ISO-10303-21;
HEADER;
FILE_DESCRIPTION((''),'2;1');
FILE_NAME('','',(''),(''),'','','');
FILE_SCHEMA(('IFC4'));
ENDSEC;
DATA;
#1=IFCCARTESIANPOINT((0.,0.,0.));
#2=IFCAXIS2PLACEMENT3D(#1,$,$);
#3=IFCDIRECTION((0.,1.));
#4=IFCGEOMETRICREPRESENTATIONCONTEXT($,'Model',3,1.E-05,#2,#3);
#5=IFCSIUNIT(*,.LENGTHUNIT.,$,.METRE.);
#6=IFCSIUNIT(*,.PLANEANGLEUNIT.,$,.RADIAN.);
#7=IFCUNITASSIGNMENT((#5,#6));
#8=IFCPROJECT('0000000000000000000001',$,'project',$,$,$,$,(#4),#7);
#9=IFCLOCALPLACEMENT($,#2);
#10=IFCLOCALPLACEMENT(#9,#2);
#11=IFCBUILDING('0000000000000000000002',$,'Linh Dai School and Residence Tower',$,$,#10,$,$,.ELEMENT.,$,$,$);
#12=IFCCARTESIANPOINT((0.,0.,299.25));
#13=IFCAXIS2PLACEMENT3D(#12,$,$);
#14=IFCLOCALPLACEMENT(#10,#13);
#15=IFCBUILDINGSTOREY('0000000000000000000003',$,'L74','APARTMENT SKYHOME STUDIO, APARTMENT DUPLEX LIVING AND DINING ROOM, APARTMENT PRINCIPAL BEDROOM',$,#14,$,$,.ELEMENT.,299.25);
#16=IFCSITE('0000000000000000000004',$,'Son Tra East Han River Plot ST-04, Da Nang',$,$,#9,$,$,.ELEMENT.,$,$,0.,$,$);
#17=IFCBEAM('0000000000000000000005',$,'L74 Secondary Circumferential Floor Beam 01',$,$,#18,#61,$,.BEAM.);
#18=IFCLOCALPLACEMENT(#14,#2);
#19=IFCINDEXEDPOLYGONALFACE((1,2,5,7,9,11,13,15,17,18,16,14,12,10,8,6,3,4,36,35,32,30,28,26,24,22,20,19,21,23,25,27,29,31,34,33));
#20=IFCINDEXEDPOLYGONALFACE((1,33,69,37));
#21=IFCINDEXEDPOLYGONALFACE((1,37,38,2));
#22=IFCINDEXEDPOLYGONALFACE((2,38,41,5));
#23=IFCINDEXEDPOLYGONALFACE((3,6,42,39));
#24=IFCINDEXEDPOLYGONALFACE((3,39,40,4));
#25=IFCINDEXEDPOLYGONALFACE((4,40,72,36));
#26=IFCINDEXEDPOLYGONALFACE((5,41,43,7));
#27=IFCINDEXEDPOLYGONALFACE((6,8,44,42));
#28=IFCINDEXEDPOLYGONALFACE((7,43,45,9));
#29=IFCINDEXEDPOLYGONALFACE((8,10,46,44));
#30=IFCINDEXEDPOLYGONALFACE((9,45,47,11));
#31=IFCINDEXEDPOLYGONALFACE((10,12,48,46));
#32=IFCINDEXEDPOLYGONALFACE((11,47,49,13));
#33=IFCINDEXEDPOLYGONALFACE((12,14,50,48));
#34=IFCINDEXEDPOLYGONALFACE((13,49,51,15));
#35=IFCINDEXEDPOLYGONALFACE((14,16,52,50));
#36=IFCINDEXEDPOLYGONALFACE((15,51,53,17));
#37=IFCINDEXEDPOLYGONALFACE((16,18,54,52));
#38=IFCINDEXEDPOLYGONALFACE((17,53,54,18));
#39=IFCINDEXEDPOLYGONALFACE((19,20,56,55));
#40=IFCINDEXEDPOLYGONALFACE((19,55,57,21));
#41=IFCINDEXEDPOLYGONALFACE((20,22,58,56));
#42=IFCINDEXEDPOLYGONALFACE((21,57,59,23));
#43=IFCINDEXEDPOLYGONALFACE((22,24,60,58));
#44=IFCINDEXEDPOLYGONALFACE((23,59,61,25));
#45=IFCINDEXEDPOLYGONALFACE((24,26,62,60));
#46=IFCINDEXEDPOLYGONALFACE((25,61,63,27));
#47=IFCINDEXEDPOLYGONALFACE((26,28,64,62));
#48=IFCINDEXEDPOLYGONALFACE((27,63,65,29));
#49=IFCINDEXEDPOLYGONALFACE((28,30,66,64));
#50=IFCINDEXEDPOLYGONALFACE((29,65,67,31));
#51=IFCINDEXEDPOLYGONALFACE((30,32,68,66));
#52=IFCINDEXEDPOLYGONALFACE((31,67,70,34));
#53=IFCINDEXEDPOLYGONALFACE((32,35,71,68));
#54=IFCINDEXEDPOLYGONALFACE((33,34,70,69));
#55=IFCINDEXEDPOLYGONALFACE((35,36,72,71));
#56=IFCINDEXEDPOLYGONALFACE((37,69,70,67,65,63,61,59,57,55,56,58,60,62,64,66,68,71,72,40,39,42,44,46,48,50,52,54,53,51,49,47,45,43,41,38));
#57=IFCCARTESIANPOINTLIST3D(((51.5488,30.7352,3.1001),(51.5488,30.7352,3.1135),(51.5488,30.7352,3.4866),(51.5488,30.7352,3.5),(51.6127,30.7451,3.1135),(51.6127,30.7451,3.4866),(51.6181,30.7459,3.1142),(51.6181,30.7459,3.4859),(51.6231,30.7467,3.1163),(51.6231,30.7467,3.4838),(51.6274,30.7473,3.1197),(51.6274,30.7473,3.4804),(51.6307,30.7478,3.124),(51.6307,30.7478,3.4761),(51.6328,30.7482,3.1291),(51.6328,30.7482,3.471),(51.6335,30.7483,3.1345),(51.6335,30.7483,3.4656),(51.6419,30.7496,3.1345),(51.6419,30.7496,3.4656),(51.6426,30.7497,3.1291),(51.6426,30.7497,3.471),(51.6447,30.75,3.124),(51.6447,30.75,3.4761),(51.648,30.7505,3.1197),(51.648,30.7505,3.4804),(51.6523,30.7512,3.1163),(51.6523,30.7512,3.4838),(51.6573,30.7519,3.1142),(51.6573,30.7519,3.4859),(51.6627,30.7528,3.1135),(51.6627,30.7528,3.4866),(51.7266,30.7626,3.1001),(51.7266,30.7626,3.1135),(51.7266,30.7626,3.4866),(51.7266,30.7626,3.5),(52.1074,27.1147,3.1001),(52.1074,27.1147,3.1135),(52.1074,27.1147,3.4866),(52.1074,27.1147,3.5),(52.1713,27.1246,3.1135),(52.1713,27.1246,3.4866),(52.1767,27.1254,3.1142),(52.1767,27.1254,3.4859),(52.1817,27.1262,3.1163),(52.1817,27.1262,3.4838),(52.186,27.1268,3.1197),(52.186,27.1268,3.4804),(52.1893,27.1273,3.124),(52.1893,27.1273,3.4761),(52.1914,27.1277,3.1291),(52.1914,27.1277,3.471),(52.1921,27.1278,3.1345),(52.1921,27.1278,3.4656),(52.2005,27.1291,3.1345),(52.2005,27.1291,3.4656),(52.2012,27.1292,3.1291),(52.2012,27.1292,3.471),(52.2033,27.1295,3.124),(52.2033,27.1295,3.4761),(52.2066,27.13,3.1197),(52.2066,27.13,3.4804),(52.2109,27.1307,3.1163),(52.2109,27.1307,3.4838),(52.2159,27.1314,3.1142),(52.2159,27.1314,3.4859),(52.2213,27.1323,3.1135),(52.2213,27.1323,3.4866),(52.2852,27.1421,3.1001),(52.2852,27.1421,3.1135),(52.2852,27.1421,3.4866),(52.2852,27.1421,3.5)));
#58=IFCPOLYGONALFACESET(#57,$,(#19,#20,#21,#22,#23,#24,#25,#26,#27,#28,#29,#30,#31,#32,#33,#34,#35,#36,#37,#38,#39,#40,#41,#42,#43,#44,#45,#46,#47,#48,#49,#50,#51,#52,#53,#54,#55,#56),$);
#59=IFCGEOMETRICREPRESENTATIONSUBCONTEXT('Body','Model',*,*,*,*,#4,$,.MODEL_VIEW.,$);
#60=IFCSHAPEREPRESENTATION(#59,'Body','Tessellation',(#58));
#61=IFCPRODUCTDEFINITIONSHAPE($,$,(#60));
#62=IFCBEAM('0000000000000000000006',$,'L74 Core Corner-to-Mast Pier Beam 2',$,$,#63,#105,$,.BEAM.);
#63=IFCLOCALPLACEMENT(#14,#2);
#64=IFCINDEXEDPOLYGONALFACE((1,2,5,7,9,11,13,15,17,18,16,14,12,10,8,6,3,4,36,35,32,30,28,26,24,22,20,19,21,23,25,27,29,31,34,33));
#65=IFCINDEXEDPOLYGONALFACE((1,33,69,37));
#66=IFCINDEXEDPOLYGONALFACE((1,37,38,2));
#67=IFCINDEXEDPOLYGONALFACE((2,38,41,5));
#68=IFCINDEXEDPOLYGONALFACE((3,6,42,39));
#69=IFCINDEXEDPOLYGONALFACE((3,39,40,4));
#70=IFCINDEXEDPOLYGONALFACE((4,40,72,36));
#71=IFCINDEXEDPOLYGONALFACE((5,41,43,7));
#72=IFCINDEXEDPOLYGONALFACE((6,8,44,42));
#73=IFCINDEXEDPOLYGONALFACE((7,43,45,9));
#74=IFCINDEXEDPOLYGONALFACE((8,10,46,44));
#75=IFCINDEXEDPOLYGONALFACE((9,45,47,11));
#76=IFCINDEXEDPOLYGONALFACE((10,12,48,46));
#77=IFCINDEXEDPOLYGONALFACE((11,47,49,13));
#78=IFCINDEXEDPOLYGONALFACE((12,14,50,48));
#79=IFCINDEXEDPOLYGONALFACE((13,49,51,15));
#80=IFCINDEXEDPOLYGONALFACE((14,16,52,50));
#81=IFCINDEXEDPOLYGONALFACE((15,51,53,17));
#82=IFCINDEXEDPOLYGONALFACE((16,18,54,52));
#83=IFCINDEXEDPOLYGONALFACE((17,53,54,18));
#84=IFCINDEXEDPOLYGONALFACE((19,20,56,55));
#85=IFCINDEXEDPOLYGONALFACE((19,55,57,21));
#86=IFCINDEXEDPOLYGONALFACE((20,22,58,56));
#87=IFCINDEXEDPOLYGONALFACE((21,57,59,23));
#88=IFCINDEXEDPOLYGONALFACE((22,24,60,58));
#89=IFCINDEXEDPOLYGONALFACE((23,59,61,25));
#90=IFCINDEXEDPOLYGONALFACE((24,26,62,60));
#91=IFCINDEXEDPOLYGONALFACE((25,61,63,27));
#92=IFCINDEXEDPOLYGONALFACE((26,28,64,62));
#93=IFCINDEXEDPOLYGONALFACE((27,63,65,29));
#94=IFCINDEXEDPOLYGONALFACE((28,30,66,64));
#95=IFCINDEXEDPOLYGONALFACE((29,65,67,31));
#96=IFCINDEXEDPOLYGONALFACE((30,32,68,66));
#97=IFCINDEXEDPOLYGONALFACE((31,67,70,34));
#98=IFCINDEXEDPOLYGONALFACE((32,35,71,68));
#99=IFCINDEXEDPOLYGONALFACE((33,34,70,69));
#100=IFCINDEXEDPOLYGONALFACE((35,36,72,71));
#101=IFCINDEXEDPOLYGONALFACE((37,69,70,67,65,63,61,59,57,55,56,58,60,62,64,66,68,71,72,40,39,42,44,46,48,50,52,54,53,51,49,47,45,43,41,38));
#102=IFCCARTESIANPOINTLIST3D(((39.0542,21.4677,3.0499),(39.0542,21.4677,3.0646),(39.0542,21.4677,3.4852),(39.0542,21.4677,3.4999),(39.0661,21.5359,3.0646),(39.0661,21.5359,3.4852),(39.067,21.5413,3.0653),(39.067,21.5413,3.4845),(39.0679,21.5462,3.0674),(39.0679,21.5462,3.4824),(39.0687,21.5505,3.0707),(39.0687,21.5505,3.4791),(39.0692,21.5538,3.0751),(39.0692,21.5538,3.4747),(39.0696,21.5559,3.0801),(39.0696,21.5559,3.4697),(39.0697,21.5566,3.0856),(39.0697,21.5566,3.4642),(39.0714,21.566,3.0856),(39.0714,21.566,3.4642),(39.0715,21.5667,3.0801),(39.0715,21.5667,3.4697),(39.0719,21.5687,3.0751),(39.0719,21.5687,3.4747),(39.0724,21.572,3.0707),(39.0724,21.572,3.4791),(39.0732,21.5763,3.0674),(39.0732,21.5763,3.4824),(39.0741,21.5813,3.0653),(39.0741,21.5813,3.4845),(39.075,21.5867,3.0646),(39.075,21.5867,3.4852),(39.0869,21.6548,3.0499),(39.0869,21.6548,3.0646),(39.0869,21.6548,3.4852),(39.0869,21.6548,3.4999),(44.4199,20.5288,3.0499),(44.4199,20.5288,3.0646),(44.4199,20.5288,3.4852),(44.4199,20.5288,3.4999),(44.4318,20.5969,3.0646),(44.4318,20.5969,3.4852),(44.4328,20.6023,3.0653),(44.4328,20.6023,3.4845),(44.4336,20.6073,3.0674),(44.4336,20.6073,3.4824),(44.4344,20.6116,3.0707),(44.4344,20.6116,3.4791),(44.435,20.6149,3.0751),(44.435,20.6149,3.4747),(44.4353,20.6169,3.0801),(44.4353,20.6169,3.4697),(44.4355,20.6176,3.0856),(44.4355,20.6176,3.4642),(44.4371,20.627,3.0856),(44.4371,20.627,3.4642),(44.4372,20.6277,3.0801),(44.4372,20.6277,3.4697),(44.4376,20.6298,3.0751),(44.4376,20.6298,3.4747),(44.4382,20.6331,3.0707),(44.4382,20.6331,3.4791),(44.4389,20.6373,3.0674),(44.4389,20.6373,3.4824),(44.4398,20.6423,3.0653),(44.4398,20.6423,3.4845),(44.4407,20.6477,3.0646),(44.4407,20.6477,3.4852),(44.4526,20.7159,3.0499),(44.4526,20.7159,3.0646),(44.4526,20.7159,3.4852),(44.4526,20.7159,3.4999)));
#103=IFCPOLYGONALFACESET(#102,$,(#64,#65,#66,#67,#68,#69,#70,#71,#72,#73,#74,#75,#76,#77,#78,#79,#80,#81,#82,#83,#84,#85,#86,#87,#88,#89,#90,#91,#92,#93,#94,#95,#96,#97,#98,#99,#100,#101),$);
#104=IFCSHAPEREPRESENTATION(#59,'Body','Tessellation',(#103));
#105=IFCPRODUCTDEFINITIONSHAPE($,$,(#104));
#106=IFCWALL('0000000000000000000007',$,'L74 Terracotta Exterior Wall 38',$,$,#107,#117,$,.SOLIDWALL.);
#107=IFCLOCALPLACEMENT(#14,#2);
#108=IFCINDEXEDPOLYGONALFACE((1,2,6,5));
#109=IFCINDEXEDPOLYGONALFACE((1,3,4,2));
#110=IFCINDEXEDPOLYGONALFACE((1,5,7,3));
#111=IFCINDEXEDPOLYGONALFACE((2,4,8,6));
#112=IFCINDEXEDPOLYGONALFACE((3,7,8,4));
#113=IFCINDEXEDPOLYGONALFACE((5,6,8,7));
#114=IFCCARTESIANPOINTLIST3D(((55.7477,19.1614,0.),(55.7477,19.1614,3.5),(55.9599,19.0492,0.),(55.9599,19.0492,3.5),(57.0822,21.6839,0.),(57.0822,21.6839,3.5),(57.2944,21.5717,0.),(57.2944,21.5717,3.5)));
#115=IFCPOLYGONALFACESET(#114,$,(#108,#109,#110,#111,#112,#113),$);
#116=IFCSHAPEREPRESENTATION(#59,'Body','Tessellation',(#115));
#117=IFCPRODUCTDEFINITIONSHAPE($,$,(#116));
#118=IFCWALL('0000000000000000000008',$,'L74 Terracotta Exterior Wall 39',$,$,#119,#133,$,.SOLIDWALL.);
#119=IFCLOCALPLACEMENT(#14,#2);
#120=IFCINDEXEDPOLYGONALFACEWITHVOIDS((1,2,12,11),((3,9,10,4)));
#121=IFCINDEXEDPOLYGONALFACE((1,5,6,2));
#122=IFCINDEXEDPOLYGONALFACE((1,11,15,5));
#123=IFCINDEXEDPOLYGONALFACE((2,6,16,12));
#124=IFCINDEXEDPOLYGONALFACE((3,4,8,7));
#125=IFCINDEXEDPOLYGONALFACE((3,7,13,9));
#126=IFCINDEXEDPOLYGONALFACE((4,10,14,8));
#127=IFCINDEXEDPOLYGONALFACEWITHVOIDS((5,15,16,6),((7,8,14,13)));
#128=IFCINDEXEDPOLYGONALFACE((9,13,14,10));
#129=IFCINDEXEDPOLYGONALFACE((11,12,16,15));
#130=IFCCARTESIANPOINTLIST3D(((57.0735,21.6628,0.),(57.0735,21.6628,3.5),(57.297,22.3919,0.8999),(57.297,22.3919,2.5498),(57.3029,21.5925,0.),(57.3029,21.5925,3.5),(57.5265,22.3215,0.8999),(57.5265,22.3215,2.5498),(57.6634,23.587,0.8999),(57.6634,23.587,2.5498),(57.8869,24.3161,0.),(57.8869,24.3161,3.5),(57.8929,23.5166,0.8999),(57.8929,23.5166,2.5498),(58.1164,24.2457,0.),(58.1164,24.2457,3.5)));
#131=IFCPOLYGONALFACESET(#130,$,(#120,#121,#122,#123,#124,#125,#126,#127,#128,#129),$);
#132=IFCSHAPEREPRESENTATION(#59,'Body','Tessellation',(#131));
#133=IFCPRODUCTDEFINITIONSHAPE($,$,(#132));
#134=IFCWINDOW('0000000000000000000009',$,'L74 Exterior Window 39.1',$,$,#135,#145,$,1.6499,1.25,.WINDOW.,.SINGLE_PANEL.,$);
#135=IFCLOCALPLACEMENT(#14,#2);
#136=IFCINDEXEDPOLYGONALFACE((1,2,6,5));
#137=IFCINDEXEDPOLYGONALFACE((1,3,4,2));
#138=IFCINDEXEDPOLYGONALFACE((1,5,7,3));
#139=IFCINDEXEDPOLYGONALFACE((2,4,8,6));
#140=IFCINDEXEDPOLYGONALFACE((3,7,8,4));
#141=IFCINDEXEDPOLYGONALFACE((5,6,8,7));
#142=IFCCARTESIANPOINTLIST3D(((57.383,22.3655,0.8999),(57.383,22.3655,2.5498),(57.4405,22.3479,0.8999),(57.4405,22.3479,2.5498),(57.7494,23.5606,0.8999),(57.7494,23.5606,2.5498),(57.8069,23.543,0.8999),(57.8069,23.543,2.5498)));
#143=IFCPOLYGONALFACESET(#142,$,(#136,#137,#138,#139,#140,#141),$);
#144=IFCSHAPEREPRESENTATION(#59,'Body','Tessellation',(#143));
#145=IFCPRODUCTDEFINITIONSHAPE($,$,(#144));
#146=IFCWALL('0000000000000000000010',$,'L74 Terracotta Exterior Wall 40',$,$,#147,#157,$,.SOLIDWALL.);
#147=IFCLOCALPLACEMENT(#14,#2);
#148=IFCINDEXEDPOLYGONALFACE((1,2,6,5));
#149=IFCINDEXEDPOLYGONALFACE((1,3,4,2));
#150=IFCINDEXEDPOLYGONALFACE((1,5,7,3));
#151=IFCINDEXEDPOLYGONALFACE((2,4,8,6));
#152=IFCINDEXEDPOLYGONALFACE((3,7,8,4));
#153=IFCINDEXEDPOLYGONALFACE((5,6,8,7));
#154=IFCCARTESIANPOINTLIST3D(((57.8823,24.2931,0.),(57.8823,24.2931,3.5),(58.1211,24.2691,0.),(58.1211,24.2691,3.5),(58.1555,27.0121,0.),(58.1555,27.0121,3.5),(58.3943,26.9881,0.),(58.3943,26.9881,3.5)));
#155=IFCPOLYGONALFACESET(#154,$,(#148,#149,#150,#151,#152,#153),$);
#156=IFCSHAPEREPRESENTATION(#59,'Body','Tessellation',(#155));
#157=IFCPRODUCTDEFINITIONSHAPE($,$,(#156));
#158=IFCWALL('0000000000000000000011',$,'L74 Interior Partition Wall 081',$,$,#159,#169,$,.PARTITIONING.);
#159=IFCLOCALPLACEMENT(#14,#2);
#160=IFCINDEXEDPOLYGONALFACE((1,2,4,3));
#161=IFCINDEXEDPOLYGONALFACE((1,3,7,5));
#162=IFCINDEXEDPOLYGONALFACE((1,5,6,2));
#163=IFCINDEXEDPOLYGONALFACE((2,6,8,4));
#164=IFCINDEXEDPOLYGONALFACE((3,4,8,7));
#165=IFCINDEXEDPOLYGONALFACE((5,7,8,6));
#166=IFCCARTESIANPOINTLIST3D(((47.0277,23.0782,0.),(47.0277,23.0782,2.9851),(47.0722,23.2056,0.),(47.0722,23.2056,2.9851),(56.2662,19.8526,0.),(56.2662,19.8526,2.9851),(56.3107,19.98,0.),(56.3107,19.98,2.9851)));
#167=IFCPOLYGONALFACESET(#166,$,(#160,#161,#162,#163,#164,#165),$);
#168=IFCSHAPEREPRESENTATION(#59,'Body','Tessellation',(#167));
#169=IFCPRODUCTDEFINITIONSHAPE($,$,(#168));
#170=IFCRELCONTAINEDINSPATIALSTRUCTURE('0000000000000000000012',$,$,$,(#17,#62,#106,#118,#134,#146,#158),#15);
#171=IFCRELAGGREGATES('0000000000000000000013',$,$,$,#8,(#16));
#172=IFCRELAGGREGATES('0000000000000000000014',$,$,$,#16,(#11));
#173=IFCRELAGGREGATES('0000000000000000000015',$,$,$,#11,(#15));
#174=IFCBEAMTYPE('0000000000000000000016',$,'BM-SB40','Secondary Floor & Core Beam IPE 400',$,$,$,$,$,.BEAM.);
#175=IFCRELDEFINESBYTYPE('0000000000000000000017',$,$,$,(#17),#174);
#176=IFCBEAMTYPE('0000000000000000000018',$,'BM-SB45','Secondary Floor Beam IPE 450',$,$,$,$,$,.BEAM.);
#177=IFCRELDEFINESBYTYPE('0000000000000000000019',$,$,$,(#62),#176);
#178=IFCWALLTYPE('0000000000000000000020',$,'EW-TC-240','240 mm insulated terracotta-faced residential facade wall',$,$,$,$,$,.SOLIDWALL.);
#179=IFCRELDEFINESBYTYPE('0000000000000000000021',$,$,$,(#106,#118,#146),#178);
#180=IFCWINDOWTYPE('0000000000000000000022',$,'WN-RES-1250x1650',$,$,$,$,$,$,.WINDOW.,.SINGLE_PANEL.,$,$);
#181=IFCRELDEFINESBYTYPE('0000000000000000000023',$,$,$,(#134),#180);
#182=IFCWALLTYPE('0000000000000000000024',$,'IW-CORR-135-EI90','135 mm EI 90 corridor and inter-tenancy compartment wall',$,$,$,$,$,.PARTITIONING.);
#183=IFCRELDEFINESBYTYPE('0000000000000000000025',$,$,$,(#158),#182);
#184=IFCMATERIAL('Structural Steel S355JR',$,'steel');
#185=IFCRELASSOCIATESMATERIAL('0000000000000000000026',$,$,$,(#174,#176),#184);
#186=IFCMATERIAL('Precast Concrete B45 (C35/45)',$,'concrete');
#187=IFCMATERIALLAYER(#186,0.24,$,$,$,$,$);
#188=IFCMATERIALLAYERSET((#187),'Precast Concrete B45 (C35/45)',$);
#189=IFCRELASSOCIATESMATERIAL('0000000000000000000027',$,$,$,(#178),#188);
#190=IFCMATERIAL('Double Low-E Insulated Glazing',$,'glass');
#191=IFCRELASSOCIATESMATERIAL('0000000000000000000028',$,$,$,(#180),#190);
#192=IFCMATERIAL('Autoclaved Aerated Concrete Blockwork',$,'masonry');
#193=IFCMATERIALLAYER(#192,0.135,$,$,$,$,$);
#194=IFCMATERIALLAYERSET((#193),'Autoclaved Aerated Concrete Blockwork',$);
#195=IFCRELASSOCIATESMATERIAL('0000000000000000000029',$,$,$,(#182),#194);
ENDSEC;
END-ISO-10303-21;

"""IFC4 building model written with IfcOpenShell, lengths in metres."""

from ifc_helpers import new_model, si_unit, direction, frame, frame_2d, origin, origin_2d, place, context, subcontext, project, spatial, rectangle, i_section, extrude, source, transform, mapped, material, layer, layer_set, material_profile, profile_set, type_object, element, fill, save


model = new_model("IFC4")

# Units and contexts
model_context = context("Model", 3, precision=1e-05, world=origin(), true_north=direction((0.0, 1.0)))
body_context = subcontext(model_context, "Body", "Model", "MODEL_VIEW")
ifc_project = project(units=[si_unit("LENGTHUNIT", "METRE"), si_unit("PLANEANGLEUNIT", "RADIAN")], contexts=[model_context])

# Site, building, storey
site_placement = place(None, origin())
site = spatial("IfcSite", under=ifc_project, at=site_placement, Name="Son Tra East Han River Plot ST-04, Da Nang", CompositionType="ELEMENT", RefElevation=0.0)
building_placement = place(site_placement, origin())
building = spatial("IfcBuilding", under=site, at=building_placement, Name="Linh Dai School and Residence Tower", CompositionType="ELEMENT")
storey_placement = place(building_placement, frame((0.0, 0.0, 299.25)))
storey = spatial("IfcBuildingStorey", under=building, at=storey_placement, Name="L74", Description="APARTMENT SKYHOME STUDIO, APARTMENT DUPLEX LIVING AND DINING ROOM, APARTMENT PRINCIPAL BEDROOM", CompositionType="ELEMENT", Elevation=299.25)

# Shared definitions
ifc_material_1 = material(Name="Structural Steel S355JR", Category="steel")

# Beams
ifc_material_profile_1 = material_profile(ifc_material_1, i_section(OverallWidth=0.1799, OverallDepth=0.3999, WebThickness=0.0085, FlangeThickness=0.0134, FilletRadius=0.021, at=origin_2d()), Name="IPE 400")
ifc_profile_set_1 = profile_set([ifc_material_profile_1], Name="Structural Steel S355JR")
beam_type_1 = type_object("IfcBeamType", Name="BM-SB40", Description="Secondary Floor & Core Beam IPE 400", PredefinedType="BEAM", material=ifc_profile_set_1)
beam_1_placement = place(storey_placement, frame((52.1963, 27.1284, 3.3), z_axis=(-0.152478, 0.988307, 0.0), x_axis=(-0.988307, -0.152478, 0.0)))
element("IfcBeam", 1, at=beam_1_placement, inside=storey, type_object=beam_type_1, Name="L74 Secondary Circumferential Floor Beam 01", PredefinedType="BEAM", context=body_context, shape_type="SweptSolid", body=[
    extrude(i_section(OverallWidth=0.1799, OverallDepth=0.3999, WebThickness=0.0085, FlangeThickness=0.0134, FilletRadius=0.021, at=origin_2d()), origin(), (0.0, 0.0, 1.0), 3.6633),
])
ifc_material_profile_2 = material_profile(ifc_material_1, i_section(OverallWidth=0.1899, OverallDepth=0.45, WebThickness=0.0095, FlangeThickness=0.0146, FilletRadius=0.021, at=origin_2d()), Name="IPE 450")
ifc_profile_set_2 = profile_set([ifc_material_profile_2], Name="Structural Steel S355JR")
beam_type_2 = type_object("IfcBeamType", Name="BM-SB45", Description="Secondary Floor Beam IPE 450", PredefinedType="BEAM", material=ifc_profile_set_2)
beam_2_placement = place(storey_placement, frame((44.4363, 20.6223, 3.2749), z_axis=(-0.985032, 0.172374, 0.0), x_axis=(-0.172374, -0.985032, 0.0)))
element("IfcBeam", 2, at=beam_2_placement, inside=storey, type_object=beam_type_2, Name="L74 Core Corner-to-Mast Pier Beam 2", PredefinedType="BEAM", context=body_context, shape_type="SweptSolid", body=[
    extrude(i_section(OverallWidth=0.1899, OverallDepth=0.45, WebThickness=0.0095, FlangeThickness=0.0146, FilletRadius=0.021, at=origin_2d()), origin(), (0.0, 0.0, 1.0), 5.4473),
])

# Wall
ifc_material_2 = material(Name="Precast Concrete B45 (C35/45)", Category="concrete")
ifc_layer_1 = layer(ifc_material_2, 0.24)
ifc_layer_set_1 = layer_set([ifc_layer_1], Name="Precast Concrete B45 (C35/45)")
wall_type_1 = type_object("IfcWallType", Name="EW-TC-240", Description="240 mm insulated terracotta-faced residential facade wall", PredefinedType="SOLIDWALL", material=ifc_layer_set_1)
wall_1_placement = place(storey_placement, frame((57.1882, 21.6277, 0.0), z_axis=(0.0, 0.0, 1.0), x_axis=(-0.467628, -0.883925, 0.0)))
element("IfcWall", 3, at=wall_1_placement, inside=storey, type_object=wall_type_1, Name="L74 Terracotta Exterior Wall 38", PredefinedType="SOLIDWALL", context=body_context, shape_type="SweptSolid", body=[
    extrude(rectangle(XDim=2.8538, YDim=0.24, at=frame_2d((1.4268, 0.0))), origin(), (0.0, 0.0, 1.0), 3.5),
])

# Wall, opening, window
wall_2_placement = place(storey_placement, frame((58.0017, 24.281, 0.0), z_axis=(0.0, 0.0, 1.0), x_axis=(-0.293121, -0.956075, 0.0)))
wall_2 = element("IfcWall", 4, at=wall_2_placement, inside=storey, type_object=wall_type_1, Name="L74 Terracotta Exterior Wall 39", PredefinedType="SOLIDWALL", context=body_context, shape_type="SweptSolid", body=[
    extrude(rectangle(XDim=2.7751, YDim=0.24, at=frame_2d((1.3877, 0.0))), origin(), (0.0, 0.0, 1.0), 3.5),
])
opening_1_placement = place(wall_2_placement, frame((0.7627, 0.0, 0.8999)))
opening_1 = element("IfcOpeningElement", 5, at=opening_1_placement, cuts=wall_2, PredefinedType="OPENING", context=body_context, shape_type="SweptSolid", body=[
    extrude(rectangle(XDim=1.25, YDim=1.6499, at=origin_2d()), frame((0.625, 0.1299, 0.825), z_axis=(0.0, -1.0, 0.0), x_axis=(1.0, 0.0, 0.0)), (0.0, 0.0, 1.0), 0.26),
])
ifc_material_3 = material(Name="Double Low-E Insulated Glazing", Category="glass")
window_type = type_object("IfcWindowType", Name="WN-RES-1250x1650", PartitioningType="SINGLE_PANEL", PredefinedType="WINDOW", material=ifc_material_3)
shared_shape_1 = source(origin(), body_context, "Body", "SweptSolid", [
    extrude(rectangle(XDim=1.25, YDim=1.6499, at=origin_2d()), frame((0.625, 0.03, 0.825), z_axis=(0.0, -1.0, 0.0), x_axis=(1.0, 0.0, 0.0)), (0.0, 0.0, 1.0), 0.0601),
])
window_placement = place(opening_1_placement, origin())
window = element("IfcWindow", 6, at=window_placement, inside=storey, type_object=window_type, Name="L74 Exterior Window 39.1", OverallHeight=1.6499, OverallWidth=1.25, PartitioningType="SINGLE_PANEL", PredefinedType="WINDOW", context=body_context, shape_type="MappedRepresentation", body=[
    mapped(shared_shape_1, transform((0.0, 0.0, 0.0), x_axis=(1.0, 0.0, 0.0), y_axis=(0.0, 1.0, 0.0), z_axis=(0.0, 0.0, 1.0), scale=1.0)),
])
fill(opening_1, window)

# Walls
wall_3_placement = place(storey_placement, frame((58.2749, 27.0, 0.0), z_axis=(0.0, 0.0, 1.0), x_axis=(-0.099973, -0.99499, 0.0)))
element("IfcWall", 7, at=wall_3_placement, inside=storey, type_object=wall_type_1, Name="L74 Terracotta Exterior Wall 40", PredefinedType="SOLIDWALL", context=body_context, shape_type="SweptSolid", body=[
    extrude(rectangle(XDim=2.7327, YDim=0.24, at=frame_2d((1.3662, 0.0))), origin(), (0.0, 0.0, 1.0), 3.5),
])
ifc_material_4 = material(Name="Autoclaved Aerated Concrete Blockwork", Category="masonry")
ifc_layer_2 = layer(ifc_material_4, 0.135)
ifc_layer_set_2 = layer_set([ifc_layer_2], Name="Autoclaved Aerated Concrete Blockwork")
wall_type_2 = type_object("IfcWallType", Name="IW-CORR-135-EI90", Description="135 mm EI 90 corridor and inter-tenancy compartment wall", PredefinedType="PARTITIONING", material=ifc_layer_set_2)
wall_4_placement = place(storey_placement, frame((47.05, 23.1418, 0.0), z_axis=(0.0, 0.0, 1.0), x_axis=(0.94411, -0.329631, 0.0)))
element("IfcWall", 8, at=wall_4_placement, inside=storey, type_object=wall_type_2, Name="L74 Interior Partition Wall 081", PredefinedType="PARTITIONING", context=body_context, shape_type="SweptSolid", body=[
    extrude(rectangle(XDim=9.7854, YDim=0.135, at=frame_2d((4.8926, 0.0))), origin(), (0.0, 0.0, 1.0), 2.9851),
])

save(model, "model.ifc")
